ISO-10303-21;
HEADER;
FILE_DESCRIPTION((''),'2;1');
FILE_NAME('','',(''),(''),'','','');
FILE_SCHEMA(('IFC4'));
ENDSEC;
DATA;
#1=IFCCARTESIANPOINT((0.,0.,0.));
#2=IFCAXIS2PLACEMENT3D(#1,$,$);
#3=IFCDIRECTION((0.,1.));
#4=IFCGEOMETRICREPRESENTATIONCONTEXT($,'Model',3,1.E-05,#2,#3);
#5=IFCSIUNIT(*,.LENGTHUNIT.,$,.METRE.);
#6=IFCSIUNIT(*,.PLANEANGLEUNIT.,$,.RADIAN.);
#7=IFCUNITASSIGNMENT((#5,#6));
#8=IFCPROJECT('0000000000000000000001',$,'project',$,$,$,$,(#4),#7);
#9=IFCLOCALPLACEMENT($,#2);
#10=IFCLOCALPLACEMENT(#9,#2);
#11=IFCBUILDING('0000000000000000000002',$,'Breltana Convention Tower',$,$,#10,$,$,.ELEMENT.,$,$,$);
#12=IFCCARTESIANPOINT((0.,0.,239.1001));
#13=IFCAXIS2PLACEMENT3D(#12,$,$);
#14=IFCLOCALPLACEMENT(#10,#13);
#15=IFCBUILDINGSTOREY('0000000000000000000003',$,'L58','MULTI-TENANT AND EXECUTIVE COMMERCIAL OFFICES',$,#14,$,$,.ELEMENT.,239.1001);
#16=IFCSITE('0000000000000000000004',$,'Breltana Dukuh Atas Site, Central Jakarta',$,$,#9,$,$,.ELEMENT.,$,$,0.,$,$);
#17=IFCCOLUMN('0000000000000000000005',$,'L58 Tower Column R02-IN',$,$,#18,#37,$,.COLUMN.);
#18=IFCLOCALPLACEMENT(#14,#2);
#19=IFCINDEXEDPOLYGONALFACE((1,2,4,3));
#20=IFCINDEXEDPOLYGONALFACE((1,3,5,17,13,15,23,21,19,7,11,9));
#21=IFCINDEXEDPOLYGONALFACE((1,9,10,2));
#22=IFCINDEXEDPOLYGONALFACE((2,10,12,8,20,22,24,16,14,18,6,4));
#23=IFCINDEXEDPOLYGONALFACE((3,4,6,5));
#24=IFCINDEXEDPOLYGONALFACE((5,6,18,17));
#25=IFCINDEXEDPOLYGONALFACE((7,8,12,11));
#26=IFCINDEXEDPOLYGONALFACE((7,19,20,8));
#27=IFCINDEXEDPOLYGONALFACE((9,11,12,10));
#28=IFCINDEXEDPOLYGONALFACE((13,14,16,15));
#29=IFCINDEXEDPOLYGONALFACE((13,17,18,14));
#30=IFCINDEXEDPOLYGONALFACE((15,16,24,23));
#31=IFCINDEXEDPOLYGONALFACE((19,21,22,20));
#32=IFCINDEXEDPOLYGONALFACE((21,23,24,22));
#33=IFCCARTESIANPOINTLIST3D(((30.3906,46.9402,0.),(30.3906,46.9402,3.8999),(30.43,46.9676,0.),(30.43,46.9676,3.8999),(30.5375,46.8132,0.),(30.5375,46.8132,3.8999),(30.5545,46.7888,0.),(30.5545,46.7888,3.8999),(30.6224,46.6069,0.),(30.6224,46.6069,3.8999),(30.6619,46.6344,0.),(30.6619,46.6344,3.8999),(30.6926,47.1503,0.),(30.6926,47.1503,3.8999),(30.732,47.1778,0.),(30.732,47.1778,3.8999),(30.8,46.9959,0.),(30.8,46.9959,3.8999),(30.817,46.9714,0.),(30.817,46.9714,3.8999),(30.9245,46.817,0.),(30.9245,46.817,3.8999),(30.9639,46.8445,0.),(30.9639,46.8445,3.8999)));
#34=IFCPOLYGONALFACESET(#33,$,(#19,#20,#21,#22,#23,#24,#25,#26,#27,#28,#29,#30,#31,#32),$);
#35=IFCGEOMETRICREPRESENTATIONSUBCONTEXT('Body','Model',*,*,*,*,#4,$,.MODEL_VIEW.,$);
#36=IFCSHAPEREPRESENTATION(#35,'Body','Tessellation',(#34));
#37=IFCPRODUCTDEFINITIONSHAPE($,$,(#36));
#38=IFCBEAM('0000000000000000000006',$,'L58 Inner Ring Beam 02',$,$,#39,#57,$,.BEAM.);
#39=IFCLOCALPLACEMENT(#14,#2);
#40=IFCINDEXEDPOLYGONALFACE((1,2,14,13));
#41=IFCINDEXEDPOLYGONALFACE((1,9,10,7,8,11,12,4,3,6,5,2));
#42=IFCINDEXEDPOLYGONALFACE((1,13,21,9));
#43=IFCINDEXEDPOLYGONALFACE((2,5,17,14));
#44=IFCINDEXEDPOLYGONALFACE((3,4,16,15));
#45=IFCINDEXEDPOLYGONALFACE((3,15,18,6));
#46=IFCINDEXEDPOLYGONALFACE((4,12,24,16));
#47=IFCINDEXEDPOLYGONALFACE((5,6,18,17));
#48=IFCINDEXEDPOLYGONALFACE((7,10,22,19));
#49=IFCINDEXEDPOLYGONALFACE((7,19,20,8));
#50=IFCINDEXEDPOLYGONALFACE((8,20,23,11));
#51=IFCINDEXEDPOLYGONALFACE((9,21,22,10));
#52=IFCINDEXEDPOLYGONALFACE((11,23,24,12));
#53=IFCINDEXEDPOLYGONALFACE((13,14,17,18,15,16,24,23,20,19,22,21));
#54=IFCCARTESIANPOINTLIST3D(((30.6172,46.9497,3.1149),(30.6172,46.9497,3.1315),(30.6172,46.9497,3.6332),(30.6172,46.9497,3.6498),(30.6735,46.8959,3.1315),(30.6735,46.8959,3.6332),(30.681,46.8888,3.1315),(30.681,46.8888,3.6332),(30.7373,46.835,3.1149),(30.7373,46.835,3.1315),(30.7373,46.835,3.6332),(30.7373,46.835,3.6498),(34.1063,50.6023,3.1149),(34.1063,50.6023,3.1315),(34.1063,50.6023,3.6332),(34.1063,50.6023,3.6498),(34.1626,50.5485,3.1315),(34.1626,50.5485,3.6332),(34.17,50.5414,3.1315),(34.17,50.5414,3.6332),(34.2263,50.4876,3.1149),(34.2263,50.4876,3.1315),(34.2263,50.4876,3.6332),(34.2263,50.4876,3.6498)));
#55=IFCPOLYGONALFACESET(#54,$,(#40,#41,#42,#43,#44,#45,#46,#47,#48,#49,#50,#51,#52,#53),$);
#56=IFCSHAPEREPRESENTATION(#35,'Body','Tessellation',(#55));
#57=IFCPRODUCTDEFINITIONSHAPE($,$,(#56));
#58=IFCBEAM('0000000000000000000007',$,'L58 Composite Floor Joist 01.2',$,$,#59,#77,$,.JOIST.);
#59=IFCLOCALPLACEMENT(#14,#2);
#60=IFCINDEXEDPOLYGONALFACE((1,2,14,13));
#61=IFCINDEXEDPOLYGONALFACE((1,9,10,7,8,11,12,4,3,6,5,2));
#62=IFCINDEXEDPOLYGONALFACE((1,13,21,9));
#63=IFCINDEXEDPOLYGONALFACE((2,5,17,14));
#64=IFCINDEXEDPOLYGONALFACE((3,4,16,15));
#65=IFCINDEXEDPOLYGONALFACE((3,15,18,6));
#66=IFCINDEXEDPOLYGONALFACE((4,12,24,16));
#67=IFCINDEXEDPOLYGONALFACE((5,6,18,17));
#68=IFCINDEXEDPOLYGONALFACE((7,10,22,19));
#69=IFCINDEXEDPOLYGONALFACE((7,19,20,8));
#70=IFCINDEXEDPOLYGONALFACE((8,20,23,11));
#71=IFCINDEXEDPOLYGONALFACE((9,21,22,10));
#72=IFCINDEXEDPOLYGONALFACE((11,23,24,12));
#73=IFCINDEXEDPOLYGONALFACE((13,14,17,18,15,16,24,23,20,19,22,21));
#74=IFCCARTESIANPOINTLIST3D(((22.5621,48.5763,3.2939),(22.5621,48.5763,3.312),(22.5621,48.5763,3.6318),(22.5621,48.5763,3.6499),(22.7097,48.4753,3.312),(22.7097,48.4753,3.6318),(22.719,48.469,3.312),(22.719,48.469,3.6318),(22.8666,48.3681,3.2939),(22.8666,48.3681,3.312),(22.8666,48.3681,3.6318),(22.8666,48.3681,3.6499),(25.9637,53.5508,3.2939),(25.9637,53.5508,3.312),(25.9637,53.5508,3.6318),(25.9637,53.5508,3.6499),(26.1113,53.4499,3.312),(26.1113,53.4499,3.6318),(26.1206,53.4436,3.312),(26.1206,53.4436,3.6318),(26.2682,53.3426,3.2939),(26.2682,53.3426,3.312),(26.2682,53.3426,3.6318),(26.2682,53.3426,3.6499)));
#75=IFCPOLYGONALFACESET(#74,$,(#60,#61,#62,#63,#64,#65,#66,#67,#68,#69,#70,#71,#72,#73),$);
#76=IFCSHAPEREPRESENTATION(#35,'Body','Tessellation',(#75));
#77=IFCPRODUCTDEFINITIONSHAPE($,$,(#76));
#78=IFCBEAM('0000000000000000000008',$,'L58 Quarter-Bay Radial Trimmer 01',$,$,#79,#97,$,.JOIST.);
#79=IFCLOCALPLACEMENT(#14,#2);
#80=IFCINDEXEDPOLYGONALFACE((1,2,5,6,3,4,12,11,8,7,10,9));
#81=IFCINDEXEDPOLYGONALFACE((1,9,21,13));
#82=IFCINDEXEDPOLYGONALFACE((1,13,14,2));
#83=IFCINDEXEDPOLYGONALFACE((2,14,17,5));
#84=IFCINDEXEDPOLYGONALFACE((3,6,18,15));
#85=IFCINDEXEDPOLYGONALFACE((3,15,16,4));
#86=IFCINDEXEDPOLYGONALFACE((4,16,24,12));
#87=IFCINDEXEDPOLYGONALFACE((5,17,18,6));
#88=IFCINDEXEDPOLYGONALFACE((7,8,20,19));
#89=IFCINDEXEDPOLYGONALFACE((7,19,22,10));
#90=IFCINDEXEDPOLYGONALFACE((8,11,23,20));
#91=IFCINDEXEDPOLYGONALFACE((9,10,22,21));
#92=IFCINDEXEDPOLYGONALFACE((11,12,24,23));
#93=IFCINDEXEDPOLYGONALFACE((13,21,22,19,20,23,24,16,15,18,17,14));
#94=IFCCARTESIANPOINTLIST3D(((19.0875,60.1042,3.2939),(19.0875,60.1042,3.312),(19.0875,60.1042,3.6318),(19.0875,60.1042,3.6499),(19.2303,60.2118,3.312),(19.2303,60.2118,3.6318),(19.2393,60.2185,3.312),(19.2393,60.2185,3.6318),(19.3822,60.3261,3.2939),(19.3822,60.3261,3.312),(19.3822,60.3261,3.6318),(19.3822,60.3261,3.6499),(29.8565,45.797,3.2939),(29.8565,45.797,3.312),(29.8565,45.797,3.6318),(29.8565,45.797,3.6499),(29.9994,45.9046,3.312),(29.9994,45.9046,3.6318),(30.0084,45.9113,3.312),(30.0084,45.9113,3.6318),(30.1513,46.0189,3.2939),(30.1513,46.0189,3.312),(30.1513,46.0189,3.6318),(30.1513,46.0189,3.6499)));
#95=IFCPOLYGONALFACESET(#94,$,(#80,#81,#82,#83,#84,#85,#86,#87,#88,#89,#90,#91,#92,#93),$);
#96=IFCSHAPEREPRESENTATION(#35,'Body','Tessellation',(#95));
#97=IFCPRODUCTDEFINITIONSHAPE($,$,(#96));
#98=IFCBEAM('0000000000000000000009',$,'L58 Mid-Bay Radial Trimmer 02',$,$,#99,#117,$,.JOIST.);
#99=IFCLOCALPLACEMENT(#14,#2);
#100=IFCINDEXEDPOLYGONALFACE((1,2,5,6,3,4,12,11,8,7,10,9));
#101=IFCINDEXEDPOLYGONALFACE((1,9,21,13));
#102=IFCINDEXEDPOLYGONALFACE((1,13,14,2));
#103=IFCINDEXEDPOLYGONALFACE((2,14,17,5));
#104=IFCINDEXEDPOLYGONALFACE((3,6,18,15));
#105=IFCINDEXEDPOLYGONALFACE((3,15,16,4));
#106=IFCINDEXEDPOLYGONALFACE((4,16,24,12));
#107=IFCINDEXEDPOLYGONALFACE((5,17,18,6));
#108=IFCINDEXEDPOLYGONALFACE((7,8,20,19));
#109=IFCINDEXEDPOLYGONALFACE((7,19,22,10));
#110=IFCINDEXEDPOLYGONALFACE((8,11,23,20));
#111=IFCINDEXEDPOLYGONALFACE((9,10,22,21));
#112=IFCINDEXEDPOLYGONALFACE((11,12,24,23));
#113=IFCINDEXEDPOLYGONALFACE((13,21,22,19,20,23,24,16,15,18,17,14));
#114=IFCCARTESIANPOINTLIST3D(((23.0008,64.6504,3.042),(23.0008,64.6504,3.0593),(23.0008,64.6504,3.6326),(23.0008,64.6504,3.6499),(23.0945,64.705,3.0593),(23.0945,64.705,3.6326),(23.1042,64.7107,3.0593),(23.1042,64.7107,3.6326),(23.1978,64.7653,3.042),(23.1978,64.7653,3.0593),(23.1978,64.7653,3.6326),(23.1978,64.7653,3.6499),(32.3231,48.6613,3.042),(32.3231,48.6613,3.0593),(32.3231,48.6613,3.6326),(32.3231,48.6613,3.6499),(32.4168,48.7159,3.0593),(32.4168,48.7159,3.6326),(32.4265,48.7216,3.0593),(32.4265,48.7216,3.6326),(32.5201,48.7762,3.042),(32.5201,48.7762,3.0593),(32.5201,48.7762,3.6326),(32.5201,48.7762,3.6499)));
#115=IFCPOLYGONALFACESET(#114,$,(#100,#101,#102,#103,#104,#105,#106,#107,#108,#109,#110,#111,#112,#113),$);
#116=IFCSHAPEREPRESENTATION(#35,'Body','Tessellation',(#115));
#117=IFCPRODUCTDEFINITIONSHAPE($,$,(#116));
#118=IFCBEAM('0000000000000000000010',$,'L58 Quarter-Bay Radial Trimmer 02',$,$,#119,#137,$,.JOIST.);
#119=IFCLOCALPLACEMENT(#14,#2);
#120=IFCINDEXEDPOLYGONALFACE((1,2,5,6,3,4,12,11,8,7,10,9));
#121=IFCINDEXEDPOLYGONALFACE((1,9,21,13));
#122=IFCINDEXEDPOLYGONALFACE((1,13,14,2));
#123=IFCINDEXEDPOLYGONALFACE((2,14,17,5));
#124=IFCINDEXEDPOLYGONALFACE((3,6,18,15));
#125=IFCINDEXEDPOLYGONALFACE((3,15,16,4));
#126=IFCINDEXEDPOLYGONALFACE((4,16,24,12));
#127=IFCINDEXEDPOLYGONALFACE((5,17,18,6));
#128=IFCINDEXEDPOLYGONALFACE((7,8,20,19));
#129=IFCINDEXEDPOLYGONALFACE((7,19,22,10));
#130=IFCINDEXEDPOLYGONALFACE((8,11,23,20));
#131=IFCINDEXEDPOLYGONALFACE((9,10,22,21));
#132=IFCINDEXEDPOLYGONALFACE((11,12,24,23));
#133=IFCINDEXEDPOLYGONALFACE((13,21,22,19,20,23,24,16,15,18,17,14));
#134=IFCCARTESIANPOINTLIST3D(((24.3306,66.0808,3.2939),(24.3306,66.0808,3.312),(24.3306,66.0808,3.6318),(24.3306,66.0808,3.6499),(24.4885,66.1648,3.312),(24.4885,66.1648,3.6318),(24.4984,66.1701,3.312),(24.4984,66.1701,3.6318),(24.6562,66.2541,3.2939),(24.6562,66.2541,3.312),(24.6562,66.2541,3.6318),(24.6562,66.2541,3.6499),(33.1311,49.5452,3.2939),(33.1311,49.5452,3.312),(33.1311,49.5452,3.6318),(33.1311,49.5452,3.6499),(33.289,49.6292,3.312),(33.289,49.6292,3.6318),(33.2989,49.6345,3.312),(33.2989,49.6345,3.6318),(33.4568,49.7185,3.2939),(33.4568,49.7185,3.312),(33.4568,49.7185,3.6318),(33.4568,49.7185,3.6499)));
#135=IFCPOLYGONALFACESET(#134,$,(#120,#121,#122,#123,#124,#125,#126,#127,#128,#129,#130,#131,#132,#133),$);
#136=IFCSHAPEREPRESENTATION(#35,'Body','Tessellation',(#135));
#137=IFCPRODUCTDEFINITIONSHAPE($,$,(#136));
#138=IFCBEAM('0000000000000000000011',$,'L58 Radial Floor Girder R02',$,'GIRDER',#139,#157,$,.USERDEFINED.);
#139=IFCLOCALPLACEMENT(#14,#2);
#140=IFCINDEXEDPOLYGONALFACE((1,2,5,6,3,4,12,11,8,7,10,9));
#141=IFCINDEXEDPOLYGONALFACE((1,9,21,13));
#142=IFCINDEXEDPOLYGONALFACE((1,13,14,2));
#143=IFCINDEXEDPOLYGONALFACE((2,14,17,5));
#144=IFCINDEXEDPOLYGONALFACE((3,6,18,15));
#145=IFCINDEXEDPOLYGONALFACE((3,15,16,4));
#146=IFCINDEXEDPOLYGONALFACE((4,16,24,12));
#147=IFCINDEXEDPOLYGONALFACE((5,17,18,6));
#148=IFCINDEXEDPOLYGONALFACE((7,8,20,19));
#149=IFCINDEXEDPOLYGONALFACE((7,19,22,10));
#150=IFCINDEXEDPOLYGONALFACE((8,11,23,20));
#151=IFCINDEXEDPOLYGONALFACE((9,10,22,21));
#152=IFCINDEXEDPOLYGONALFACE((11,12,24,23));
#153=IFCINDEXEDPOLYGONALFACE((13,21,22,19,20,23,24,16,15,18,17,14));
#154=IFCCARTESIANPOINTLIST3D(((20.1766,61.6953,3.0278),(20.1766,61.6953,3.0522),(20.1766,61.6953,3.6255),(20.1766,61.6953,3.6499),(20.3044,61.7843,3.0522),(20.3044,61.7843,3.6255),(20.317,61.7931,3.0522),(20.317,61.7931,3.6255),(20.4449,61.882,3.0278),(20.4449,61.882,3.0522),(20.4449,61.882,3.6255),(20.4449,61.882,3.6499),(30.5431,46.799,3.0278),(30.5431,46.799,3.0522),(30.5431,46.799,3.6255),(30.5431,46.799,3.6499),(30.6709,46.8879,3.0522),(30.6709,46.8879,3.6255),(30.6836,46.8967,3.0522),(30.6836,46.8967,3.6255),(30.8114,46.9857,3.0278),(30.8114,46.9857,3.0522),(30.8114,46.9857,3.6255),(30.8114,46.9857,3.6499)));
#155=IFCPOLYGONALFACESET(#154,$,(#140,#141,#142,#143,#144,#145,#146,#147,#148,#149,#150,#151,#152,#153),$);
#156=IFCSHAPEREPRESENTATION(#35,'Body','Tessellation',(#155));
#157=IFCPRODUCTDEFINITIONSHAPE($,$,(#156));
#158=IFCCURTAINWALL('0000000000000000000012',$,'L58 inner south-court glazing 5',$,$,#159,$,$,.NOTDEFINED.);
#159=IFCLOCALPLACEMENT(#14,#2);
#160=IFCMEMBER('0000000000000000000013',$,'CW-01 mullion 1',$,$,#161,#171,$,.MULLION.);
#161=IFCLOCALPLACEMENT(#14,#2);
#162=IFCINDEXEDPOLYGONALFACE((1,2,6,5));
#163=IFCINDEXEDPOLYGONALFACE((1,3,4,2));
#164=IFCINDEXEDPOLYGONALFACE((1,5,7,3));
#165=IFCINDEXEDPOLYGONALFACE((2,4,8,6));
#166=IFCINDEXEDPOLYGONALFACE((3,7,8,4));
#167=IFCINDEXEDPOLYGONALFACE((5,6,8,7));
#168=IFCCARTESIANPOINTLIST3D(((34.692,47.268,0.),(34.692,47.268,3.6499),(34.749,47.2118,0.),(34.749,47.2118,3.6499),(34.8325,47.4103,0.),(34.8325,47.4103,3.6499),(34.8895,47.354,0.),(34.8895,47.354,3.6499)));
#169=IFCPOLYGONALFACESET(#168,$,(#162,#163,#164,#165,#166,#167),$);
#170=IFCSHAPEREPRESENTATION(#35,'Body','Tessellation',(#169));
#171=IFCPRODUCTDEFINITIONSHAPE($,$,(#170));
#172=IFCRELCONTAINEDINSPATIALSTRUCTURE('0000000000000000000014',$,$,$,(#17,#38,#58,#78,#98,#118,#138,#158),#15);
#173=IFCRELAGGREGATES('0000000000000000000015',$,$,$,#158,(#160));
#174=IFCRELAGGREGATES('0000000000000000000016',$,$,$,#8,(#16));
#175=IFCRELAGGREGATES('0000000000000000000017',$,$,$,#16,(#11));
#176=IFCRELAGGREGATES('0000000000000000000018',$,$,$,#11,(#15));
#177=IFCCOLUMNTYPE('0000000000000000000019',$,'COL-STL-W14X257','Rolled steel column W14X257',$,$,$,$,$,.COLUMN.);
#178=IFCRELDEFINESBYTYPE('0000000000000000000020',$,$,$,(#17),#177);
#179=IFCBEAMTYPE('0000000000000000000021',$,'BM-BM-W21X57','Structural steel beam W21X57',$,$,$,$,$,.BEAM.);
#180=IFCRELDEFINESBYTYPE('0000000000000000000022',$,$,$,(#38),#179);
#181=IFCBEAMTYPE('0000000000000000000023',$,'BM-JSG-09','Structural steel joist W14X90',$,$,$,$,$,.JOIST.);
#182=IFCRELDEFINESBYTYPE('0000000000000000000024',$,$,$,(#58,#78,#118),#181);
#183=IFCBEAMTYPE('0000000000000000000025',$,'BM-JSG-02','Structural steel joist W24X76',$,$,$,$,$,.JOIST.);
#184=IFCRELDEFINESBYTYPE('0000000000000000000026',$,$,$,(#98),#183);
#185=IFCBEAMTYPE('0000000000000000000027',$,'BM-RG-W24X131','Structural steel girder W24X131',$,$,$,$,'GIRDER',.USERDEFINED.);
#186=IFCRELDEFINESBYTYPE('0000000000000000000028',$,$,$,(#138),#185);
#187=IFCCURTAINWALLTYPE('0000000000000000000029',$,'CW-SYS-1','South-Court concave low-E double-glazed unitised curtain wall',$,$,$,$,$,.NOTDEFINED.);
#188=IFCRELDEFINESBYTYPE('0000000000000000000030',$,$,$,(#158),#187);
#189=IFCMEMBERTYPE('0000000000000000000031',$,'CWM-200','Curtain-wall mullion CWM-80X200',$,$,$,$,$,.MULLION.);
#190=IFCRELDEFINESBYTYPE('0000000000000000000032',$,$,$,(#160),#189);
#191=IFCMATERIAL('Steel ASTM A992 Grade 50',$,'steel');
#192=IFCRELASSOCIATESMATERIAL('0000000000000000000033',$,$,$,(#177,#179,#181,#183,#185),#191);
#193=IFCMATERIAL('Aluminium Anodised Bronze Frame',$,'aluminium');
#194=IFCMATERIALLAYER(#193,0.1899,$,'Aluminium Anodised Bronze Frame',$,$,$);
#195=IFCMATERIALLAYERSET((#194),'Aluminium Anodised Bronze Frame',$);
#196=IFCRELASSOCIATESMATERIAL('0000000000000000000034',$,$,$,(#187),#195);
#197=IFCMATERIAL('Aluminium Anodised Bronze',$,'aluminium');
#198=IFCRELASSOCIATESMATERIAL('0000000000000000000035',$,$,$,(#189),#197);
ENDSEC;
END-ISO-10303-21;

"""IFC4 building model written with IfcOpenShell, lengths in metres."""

from ifc_helpers import new_model, si_unit, direction, frame, origin, origin_2d, place, context, subcontext, project, spatial, rectangle, i_section, extrude, source, transform, mapped, material, layer, layer_set, material_profile, profile_set, type_object, element, aggregate, save


model = new_model("IFC4")

# Units and contexts
model_context = context("Model", 3, precision=1e-05, world=origin(), true_north=direction((0.0, 1.0)))
body_context = subcontext(model_context, "Body", "Model", "MODEL_VIEW")
ifc_project = project(units=[si_unit("LENGTHUNIT", "METRE"), si_unit("PLANEANGLEUNIT", "RADIAN")], contexts=[model_context])

# Site, building, storey
site_placement = place(None, origin())
site = spatial("IfcSite", under=ifc_project, at=site_placement, Name="Breltana Dukuh Atas Site, Central Jakarta", CompositionType="ELEMENT", RefElevation=0.0)
building_placement = place(site_placement, origin())
building = spatial("IfcBuilding", under=site, at=building_placement, Name="Breltana Convention Tower", CompositionType="ELEMENT")
storey_placement = place(building_placement, frame((0.0, 0.0, 239.1001)))
storey = spatial("IfcBuildingStorey", under=building, at=storey_placement, Name="L58", Description="MULTI-TENANT AND EXECUTIVE COMMERCIAL OFFICES", CompositionType="ELEMENT", Elevation=239.1001)

# Column
ifc_material_1 = material(Name="Steel ASTM A992 Grade 50", Category="steel")
ifc_material_profile_1 = material_profile(ifc_material_1, i_section(OverallWidth=0.406, OverallDepth=0.416, WebThickness=0.0298, FlangeThickness=0.0481, at=origin_2d()), Name="W14X257")
ifc_profile_set_1 = profile_set([ifc_material_profile_1], Name="Steel ASTM A992 Grade 50")
column_type = type_object("IfcColumnType", Name="COL-STL-W14X257", Description="Rolled steel column W14X257", PredefinedType="COLUMN", material=ifc_profile_set_1)
shared_shape_1 = source(origin(), body_context, "Body", "SweptSolid", [
    extrude(i_section(OverallWidth=0.406, OverallDepth=0.416, WebThickness=0.0298, FlangeThickness=0.0481, at=origin_2d()), origin(), (0.0, 0.0, 1.0), 3.8999),
])
column_placement = place(storey_placement, frame((30.6772, 46.8923, 0.0), z_axis=(0.0, 0.0, 1.0), x_axis=(-0.571143, 0.82085, 0.0)))
element("IfcColumn", 1, at=column_placement, inside=storey, type_object=column_type, Name="L58 Tower Column R02-IN", PredefinedType="COLUMN", context=body_context, shape_type="MappedRepresentation", body=[
    mapped(shared_shape_1, transform((0.0, 0.0, 0.0), scale=1.0)),
])

# Beams
ifc_material_profile_2 = material_profile(ifc_material_1, i_section(OverallWidth=0.166, OverallDepth=0.5349, WebThickness=0.0103, FlangeThickness=0.0166, at=origin_2d()), Name="W21X57")
ifc_profile_set_2 = profile_set([ifc_material_profile_2], Name="Steel ASTM A992 Grade 50")
beam_type_1 = type_object("IfcBeamType", Name="BM-BM-W21X57", Description="Structural steel beam W21X57", PredefinedType="BEAM", material=ifc_profile_set_2)
shared_shape_2 = source(origin(), body_context, "Body", "SweptSolid", [
    extrude(i_section(OverallWidth=0.166, OverallDepth=0.5349, WebThickness=0.0103, FlangeThickness=0.0166, at=origin_2d()), origin(), (0.0, 0.0, 1.0), 5.0513),
])
beam_1_placement = place(storey_placement, frame((30.6772, 46.8923, 3.3823), z_axis=(0.69073, 0.723113, 0.0), x_axis=(-0.723113, 0.69073, 0.0)))
element("IfcBeam", 2, at=beam_1_placement, inside=storey, type_object=beam_type_1, Name="L58 Inner Ring Beam 02", PredefinedType="BEAM", context=body_context, shape_type="MappedRepresentation", body=[
    mapped(shared_shape_2, transform((0.0, 0.0, 0.0), scale=1.0)),
])
ifc_material_profile_3 = material_profile(ifc_material_1, i_section(OverallWidth=0.3689, OverallDepth=0.356, WebThickness=0.0112, FlangeThickness=0.0181, at=origin_2d()), Name="W14X90")
ifc_profile_set_3 = profile_set([ifc_material_profile_3], Name="Steel ASTM A992 Grade 50")
beam_type_2 = type_object("IfcBeamType", Name="BM-JSG-09", Description="Structural steel joist W14X90", PredefinedType="JOIST", material=ifc_profile_set_3)
shared_shape_3 = source(origin(), body_context, "Body", "SweptSolid", [
    extrude(i_section(OverallWidth=0.3689, OverallDepth=0.356, WebThickness=0.0112, FlangeThickness=0.0181, at=origin_2d()), origin(), (0.0, 0.0, 1.0), 6.0264),
])
beam_2_placement = place(storey_placement, frame((22.7144, 48.4722, 3.4719), z_axis=(0.56445, 0.825467, 0.0), x_axis=(-0.825467, 0.56445, 0.0)))
element("IfcBeam", 3, at=beam_2_placement, inside=storey, type_object=beam_type_2, Name="L58 Composite Floor Joist 01.2", PredefinedType="JOIST", context=body_context, shape_type="MappedRepresentation", body=[
    mapped(shared_shape_3, transform((0.0, 0.0, 0.0), scale=1.0)),
])
shared_shape_4 = source(origin(), body_context, "Body", "SweptSolid", [
    extrude(i_section(OverallWidth=0.3689, OverallDepth=0.356, WebThickness=0.0112, FlangeThickness=0.0181, at=origin_2d()), origin(), (0.0, 0.0, 1.0), 17.9072),
])
beam_3_placement = place(storey_placement, frame((30.0039, 45.908, 3.4719), z_axis=(-0.601382, 0.798962, 0.0), x_axis=(-0.798962, -0.601382, 0.0)))
element("IfcBeam", 4, at=beam_3_placement, inside=storey, type_object=beam_type_2, Name="L58 Quarter-Bay Radial Trimmer 01", PredefinedType="JOIST", context=body_context, shape_type="MappedRepresentation", body=[
    mapped(shared_shape_4, transform((0.0, 0.0, 0.0), scale=1.0)),
])
ifc_material_profile_4 = material_profile(ifc_material_1, i_section(OverallWidth=0.228, OverallDepth=0.6079, WebThickness=0.0112, FlangeThickness=0.0173, at=origin_2d()), Name="W24X76")
ifc_profile_set_4 = profile_set([ifc_material_profile_4], Name="Steel ASTM A992 Grade 50")
beam_type_3 = type_object("IfcBeamType", Name="BM-JSG-02", Description="Structural steel joist W24X76", PredefinedType="JOIST", material=ifc_profile_set_4)
shared_shape_5 = source(origin(), body_context, "Body", "SweptSolid", [
    extrude(i_section(OverallWidth=0.228, OverallDepth=0.6079, WebThickness=0.0112, FlangeThickness=0.0173, at=origin_2d()), origin(), (0.0, 0.0, 1.0), 18.5083),
])
beam_4_placement = place(storey_placement, frame((32.4216, 48.7188, 3.3459), z_axis=(-0.503683, 0.863888, 0.0), x_axis=(-0.863888, -0.503683, 0.0)))
element("IfcBeam", 5, at=beam_4_placement, inside=storey, type_object=beam_type_3, Name="L58 Mid-Bay Radial Trimmer 02", PredefinedType="JOIST", context=body_context, shape_type="MappedRepresentation", body=[
    mapped(shared_shape_5, transform((0.0, 0.0, 0.0), scale=1.0)),
])
shared_shape_6 = source(origin(), body_context, "Body", "SweptSolid", [
    extrude(i_section(OverallWidth=0.3689, OverallDepth=0.356, WebThickness=0.0112, FlangeThickness=0.0181, at=origin_2d()), origin(), (0.0, 0.0, 1.0), 18.7317),
])
beam_5_placement = place(storey_placement, frame((33.2939, 49.6318, 3.4719), z_axis=(-0.46982, 0.882762, 0.0), x_axis=(-0.882762, -0.46982, 0.0)))
element("IfcBeam", 6, at=beam_5_placement, inside=storey, type_object=beam_type_2, Name="L58 Quarter-Bay Radial Trimmer 02", PredefinedType="JOIST", context=body_context, shape_type="MappedRepresentation", body=[
    mapped(shared_shape_6, transform((0.0, 0.0, 0.0), scale=1.0)),
])
ifc_material_profile_5 = material_profile(ifc_material_1, i_section(OverallWidth=0.3269, OverallDepth=0.6221, WebThickness=0.0154, FlangeThickness=0.0244, at=origin_2d()), Name="W24X131")
ifc_profile_set_5 = profile_set([ifc_material_profile_5], Name="Steel ASTM A992 Grade 50")
beam_type_4 = type_object("IfcBeamType", Name="BM-RG-W24X131", Description="Structural steel girder W24X131", ElementType="GIRDER", PredefinedType="USERDEFINED", material=ifc_profile_set_5)
shared_shape_7 = source(origin(), body_context, "Body", "SweptSolid", [
    extrude(i_section(OverallWidth=0.3269, OverallDepth=0.6221, WebThickness=0.0154, FlangeThickness=0.0244, at=origin_2d()), origin(), (0.0, 0.0, 1.0), 18.1484),
])
beam_6_placement = place(storey_placement, frame((30.6772, 46.8923, 3.3389), z_axis=(-0.571208, 0.820806, 0.0), x_axis=(-0.820806, -0.571208, 0.0)))
element("IfcBeam", 7, at=beam_6_placement, inside=storey, type_object=beam_type_4, Name="L58 Radial Floor Girder R02", ObjectType="GIRDER", PredefinedType="USERDEFINED", context=body_context, shape_type="MappedRepresentation", body=[
    mapped(shared_shape_7, transform((0.0, 0.0, 0.0), scale=1.0)),
])

# Curtain wall, member
ifc_material_2 = material(Name="Aluminium Anodised Bronze Frame", Category="aluminium")
ifc_layer_1 = layer(ifc_material_2, 0.1899, Name="Aluminium Anodised Bronze Frame")
ifc_layer_set_1 = layer_set([ifc_layer_1], Name="Aluminium Anodised Bronze Frame")
curtain_wall_type = type_object("IfcCurtainWallType", Name="CW-SYS-1", Description="South-Court concave low-E double-glazed unitised curtain wall", PredefinedType="NOTDEFINED", material=ifc_layer_set_1)
curtain_wall_placement = place(storey_placement, origin())
curtain_wall = element("IfcCurtainWall", 8, at=curtain_wall_placement, inside=storey, type_object=curtain_wall_type, Name="L58 inner south-court glazing 5", PredefinedType="NOTDEFINED")
ifc_material_3 = material(Name="Aluminium Anodised Bronze", Category="aluminium")
ifc_material_profile_6 = material_profile(ifc_material_3, rectangle(XDim=0.0801, YDim=0.2, at=origin_2d()), Name="CWM-80X200")
ifc_profile_set_6 = profile_set([ifc_material_profile_6], Name="Aluminium Anodised Bronze")
member_type_1 = type_object("IfcMemberType", Name="CWM-200", Description="Curtain-wall mullion CWM-80X200", PredefinedType="MULLION", material=ifc_profile_set_6)
shared_shape_8 = source(origin(), body_context, "Body", "SweptSolid", [
    extrude(rectangle(XDim=0.0801, YDim=0.2, at=origin_2d()), origin(), (0.0, 0.0, 1.0), 3.6499),
])
member_1_placement = place(storey_placement, frame((34.7908, 47.311, 0.0), z_axis=(0.0, 0.0, 1.0), x_axis=(0.711501, -0.702685, 0.0)))
member_1 = element("IfcMember", 9, at=member_1_placement, type_object=member_type_1, Name="CW-01 mullion 1", PredefinedType="MULLION", context=body_context, shape_type="MappedRepresentation", body=[
    mapped(shared_shape_8, transform((0.0, 0.0, 0.0), scale=1.0)),
])
aggregate(curtain_wall, [member_1])

save(model, "model.ifc")
